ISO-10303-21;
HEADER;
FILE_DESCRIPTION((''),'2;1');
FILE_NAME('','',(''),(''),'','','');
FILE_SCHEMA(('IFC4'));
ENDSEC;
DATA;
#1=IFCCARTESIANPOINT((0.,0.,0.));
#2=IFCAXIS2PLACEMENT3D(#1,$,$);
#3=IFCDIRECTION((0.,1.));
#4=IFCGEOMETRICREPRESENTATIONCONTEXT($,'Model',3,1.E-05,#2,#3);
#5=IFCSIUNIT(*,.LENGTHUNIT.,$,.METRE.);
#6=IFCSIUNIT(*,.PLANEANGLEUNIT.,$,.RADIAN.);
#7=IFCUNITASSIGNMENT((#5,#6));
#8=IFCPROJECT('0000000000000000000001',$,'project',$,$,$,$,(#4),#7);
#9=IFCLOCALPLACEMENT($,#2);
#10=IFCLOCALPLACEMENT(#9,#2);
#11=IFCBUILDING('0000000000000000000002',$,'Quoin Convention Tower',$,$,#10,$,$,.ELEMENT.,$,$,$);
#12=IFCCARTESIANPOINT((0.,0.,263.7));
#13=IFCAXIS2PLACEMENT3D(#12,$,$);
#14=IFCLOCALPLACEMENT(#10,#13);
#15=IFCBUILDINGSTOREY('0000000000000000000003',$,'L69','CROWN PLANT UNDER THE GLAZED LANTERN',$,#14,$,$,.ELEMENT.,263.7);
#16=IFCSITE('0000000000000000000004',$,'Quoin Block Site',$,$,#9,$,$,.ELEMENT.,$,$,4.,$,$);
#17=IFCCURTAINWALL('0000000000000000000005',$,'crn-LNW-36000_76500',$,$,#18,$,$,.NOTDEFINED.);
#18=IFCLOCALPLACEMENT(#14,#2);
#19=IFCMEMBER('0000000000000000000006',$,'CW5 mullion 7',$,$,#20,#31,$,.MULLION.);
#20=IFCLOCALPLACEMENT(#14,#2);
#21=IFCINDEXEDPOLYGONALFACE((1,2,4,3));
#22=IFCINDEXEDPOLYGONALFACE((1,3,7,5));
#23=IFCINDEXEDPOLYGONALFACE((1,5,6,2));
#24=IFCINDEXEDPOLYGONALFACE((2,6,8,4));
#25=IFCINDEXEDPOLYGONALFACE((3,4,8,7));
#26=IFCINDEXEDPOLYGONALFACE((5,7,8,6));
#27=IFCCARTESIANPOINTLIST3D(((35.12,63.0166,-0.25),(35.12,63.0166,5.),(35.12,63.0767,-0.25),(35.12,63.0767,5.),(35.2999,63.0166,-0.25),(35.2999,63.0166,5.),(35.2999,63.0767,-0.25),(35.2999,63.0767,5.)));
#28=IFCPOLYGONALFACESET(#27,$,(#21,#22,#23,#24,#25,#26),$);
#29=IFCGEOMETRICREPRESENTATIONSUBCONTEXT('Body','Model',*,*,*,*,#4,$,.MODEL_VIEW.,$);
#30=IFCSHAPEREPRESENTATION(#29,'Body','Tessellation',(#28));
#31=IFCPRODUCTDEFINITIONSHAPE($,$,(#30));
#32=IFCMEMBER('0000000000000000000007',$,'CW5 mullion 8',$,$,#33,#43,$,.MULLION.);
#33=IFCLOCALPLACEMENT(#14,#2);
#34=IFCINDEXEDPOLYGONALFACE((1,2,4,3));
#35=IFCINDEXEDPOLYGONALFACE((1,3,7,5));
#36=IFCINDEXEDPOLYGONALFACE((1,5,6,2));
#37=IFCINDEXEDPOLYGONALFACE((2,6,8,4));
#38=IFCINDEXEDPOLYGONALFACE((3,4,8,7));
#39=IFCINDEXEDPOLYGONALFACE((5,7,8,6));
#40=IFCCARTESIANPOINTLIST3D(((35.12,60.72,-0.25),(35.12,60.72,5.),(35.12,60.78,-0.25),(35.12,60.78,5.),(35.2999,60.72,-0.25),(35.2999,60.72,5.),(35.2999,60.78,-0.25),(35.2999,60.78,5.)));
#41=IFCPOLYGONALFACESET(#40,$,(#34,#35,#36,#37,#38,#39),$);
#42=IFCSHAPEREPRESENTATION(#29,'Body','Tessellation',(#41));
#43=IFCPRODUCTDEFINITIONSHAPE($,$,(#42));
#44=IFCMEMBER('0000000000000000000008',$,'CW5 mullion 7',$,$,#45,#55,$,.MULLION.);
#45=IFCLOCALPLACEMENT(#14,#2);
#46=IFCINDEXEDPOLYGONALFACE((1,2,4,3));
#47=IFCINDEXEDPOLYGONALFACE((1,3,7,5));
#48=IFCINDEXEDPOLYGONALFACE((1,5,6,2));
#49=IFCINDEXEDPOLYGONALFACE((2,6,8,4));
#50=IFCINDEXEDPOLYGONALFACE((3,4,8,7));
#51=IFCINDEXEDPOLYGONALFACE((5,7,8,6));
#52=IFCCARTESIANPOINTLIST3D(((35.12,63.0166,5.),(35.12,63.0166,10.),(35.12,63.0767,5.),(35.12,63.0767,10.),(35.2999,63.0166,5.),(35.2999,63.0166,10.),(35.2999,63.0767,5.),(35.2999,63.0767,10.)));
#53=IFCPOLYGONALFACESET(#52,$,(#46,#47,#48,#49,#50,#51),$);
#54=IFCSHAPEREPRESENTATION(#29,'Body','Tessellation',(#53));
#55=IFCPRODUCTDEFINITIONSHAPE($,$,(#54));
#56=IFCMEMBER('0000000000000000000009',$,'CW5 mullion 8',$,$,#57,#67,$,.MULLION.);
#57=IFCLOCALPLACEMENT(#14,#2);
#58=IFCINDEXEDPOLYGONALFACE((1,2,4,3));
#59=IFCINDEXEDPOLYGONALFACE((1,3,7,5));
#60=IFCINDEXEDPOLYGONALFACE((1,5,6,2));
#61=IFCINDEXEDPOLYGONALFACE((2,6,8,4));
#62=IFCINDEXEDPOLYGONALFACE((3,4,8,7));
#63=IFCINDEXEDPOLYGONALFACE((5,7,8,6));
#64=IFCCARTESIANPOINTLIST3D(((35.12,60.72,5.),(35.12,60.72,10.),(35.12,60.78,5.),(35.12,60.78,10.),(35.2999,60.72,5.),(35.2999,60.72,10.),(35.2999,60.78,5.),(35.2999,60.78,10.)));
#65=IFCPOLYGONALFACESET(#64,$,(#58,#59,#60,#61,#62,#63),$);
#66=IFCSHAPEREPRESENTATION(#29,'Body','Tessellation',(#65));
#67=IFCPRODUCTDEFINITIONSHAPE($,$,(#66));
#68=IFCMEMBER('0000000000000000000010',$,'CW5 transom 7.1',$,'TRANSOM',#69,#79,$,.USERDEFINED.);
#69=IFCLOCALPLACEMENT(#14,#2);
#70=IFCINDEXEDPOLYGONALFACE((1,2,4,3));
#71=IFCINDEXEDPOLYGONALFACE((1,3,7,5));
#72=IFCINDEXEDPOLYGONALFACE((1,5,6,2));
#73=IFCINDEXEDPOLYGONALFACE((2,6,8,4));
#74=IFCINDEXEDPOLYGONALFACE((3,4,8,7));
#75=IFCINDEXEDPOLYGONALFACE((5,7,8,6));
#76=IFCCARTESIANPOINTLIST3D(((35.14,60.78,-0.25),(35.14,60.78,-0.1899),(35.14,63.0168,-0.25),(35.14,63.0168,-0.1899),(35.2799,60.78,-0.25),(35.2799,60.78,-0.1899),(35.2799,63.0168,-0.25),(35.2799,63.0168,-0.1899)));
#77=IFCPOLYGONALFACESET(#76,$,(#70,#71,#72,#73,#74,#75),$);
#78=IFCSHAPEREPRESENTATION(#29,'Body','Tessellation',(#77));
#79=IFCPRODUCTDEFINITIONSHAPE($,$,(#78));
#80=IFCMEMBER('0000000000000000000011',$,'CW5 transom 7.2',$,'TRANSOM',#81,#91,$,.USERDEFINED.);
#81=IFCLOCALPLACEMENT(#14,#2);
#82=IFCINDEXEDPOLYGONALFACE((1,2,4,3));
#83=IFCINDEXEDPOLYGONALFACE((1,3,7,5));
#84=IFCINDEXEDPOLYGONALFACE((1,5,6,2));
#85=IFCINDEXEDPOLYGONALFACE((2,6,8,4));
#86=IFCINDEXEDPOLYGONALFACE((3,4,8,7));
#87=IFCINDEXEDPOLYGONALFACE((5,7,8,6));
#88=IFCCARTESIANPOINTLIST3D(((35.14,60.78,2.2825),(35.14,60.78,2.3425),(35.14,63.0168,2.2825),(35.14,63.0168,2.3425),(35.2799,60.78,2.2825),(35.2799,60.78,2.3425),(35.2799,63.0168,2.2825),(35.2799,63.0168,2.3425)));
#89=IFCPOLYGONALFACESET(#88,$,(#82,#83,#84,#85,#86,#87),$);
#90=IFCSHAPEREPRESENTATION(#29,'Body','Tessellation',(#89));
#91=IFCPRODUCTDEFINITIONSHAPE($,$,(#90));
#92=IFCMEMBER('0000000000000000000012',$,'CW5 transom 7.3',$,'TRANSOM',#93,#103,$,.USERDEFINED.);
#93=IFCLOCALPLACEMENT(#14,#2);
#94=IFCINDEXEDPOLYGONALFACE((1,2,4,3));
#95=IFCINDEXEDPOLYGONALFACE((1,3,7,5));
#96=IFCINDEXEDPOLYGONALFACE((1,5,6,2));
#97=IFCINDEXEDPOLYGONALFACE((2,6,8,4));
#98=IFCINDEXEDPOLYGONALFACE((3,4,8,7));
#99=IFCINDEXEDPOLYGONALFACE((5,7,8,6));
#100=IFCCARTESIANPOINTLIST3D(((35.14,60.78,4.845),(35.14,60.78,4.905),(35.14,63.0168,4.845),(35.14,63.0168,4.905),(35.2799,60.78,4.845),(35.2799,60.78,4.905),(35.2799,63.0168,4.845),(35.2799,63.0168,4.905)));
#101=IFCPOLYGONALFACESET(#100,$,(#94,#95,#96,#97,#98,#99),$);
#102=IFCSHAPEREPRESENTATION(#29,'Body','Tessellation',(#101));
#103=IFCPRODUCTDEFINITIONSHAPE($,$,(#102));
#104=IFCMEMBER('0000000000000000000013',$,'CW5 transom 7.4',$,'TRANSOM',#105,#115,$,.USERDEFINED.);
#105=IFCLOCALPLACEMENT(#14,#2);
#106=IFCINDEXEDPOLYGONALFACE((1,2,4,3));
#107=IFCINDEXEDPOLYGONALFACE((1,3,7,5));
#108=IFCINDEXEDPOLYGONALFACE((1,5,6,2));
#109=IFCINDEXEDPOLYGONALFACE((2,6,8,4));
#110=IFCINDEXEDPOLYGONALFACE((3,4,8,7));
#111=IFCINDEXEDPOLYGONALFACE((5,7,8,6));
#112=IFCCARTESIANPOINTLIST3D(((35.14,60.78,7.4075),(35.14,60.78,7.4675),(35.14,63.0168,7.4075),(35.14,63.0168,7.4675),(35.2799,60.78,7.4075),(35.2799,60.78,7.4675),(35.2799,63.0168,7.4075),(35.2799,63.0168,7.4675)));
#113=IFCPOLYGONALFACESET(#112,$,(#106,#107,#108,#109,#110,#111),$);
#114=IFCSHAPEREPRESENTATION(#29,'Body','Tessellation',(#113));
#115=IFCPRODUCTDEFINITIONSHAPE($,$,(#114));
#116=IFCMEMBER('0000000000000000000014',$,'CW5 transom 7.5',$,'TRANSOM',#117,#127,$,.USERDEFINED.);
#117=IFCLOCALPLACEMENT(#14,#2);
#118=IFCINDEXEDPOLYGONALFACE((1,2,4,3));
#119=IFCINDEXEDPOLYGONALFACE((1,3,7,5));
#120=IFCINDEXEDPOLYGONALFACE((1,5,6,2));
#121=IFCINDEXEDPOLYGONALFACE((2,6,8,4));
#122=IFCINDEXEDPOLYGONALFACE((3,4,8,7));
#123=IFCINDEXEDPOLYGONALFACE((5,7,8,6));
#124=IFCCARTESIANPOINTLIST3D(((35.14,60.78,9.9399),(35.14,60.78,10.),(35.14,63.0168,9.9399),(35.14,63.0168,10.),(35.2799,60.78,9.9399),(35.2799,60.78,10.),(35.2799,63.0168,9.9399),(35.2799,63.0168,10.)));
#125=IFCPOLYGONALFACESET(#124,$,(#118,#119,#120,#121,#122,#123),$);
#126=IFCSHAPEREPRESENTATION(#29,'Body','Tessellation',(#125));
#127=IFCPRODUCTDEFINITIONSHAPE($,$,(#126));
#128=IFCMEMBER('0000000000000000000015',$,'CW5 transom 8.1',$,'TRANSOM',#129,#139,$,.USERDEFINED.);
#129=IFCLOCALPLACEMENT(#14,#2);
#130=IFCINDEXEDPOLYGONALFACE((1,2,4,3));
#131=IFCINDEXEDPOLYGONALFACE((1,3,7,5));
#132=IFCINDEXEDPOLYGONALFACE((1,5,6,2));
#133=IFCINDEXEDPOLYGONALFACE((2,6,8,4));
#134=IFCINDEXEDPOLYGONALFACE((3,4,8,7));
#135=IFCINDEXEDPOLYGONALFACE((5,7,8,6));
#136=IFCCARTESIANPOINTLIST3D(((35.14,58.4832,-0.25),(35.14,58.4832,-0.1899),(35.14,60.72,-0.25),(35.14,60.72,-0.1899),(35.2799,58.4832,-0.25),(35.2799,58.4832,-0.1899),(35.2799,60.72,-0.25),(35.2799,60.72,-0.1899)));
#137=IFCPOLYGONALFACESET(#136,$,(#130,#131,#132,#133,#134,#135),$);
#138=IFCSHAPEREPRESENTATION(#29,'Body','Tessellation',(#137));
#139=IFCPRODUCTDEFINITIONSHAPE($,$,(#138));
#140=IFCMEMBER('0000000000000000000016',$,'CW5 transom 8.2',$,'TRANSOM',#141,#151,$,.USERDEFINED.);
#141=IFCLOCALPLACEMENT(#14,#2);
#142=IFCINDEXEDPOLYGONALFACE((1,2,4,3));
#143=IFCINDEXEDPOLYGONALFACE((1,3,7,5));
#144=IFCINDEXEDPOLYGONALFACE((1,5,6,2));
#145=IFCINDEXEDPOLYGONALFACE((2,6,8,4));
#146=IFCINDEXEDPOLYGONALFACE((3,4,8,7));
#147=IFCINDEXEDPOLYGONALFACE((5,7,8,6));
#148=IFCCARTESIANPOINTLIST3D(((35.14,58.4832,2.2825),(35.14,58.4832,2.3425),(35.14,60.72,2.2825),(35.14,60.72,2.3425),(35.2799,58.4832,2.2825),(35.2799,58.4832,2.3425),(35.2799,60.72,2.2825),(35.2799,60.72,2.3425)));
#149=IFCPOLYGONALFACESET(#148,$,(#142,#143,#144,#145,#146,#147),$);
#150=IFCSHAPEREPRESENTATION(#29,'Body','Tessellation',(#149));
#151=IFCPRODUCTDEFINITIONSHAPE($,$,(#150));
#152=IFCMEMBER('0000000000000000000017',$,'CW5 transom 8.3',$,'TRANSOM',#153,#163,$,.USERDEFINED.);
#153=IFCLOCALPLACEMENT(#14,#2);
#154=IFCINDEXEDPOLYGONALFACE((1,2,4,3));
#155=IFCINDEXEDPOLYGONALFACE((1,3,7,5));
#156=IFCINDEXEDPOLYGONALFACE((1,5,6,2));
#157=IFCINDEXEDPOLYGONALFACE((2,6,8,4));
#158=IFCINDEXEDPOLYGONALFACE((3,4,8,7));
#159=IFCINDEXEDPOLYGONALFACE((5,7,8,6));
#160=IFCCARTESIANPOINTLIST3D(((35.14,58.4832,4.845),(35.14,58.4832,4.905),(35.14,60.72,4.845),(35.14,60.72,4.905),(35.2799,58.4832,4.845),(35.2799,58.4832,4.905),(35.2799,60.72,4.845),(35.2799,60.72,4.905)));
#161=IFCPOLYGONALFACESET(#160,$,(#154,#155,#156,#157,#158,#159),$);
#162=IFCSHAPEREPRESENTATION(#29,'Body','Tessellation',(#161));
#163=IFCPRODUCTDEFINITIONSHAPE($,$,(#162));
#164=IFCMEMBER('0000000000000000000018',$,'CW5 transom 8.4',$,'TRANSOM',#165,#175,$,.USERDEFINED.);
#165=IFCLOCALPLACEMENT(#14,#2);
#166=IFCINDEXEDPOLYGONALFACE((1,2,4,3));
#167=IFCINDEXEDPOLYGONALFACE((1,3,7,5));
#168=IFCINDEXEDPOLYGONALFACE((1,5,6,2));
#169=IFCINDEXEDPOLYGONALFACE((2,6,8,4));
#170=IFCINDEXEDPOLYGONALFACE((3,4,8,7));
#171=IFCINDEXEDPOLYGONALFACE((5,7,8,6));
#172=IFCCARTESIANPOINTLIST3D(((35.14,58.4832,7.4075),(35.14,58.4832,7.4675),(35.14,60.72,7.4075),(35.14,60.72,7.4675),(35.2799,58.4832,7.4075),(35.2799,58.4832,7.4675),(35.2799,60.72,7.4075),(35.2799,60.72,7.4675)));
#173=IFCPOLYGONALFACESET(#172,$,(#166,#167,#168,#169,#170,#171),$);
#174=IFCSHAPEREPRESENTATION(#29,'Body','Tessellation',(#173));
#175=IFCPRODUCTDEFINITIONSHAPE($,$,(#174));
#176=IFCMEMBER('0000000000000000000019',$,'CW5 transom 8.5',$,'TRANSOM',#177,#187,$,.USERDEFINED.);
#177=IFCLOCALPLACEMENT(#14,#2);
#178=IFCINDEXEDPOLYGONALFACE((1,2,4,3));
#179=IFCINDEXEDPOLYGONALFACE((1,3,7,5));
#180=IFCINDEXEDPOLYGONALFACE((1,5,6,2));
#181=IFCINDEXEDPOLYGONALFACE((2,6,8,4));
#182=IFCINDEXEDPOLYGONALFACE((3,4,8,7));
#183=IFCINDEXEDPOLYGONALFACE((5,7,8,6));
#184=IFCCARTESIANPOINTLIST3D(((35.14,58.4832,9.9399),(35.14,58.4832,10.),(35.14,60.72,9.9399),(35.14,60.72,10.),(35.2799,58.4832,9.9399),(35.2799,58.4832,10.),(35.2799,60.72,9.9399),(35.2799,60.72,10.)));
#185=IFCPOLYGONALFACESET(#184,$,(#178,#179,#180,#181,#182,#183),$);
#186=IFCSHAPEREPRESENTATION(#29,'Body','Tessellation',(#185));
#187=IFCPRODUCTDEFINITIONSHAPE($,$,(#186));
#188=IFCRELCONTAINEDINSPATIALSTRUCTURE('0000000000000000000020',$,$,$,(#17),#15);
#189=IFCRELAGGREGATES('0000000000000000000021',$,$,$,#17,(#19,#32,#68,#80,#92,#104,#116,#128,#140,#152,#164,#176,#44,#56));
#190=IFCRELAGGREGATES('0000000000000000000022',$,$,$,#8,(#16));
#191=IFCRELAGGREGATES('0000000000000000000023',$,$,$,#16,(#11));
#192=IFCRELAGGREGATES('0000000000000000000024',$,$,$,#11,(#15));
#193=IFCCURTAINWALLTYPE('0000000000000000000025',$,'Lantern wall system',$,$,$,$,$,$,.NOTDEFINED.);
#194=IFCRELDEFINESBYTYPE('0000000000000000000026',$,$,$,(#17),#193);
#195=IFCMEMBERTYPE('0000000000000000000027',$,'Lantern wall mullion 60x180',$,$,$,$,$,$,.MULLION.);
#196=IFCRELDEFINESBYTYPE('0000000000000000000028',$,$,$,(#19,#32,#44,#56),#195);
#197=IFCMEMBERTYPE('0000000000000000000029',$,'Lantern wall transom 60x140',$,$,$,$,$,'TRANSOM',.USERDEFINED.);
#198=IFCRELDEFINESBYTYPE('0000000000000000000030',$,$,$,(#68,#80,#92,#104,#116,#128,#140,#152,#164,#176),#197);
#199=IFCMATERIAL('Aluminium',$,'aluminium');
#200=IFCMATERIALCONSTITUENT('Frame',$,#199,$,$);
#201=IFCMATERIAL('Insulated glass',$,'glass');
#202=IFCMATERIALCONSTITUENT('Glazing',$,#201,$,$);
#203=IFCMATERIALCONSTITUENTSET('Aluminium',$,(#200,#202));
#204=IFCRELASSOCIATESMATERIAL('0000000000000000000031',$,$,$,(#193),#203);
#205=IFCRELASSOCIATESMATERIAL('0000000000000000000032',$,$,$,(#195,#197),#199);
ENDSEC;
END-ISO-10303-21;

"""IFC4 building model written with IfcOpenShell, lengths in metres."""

from ifc_helpers import new_model, si_unit, direction, frame, origin, origin_2d, place, context, subcontext, project, spatial, rectangle, extrude, material, constituent, constituent_set, material_profile, profile_set, type_object, element, aggregate, save


model = new_model("IFC4")

# Units and contexts
model_context = context("Model", 3, precision=1e-05, world=origin(), true_north=direction((0.0, 1.0)))
body_context = subcontext(model_context, "Body", "Model", "MODEL_VIEW")
ifc_project = project(units=[si_unit("LENGTHUNIT", "METRE"), si_unit("PLANEANGLEUNIT", "RADIAN")], contexts=[model_context])

# Site, building, storey
site_placement = place(None, origin())
site = spatial("IfcSite", under=ifc_project, at=site_placement, Name="Quoin Block Site", CompositionType="ELEMENT", RefElevation=4.0)
building_placement = place(site_placement, origin())
building = spatial("IfcBuilding", under=site, at=building_placement, Name="Quoin Convention Tower", CompositionType="ELEMENT")
storey_placement = place(building_placement, frame((0.0, 0.0, 263.7)))
storey = spatial("IfcBuildingStorey", under=building, at=storey_placement, Name="L69", Description="CROWN PLANT UNDER THE GLAZED LANTERN", CompositionType="ELEMENT", Elevation=263.7)

# Curtain wall, members
ifc_material_1 = material(Name="Aluminium", Category="aluminium")
ifc_constituent_1 = constituent(ifc_material_1, Name="Frame")
ifc_material_2 = material(Name="Insulated glass", Category="glass")
ifc_constituent_2 = constituent(ifc_material_2, Name="Glazing")
ifc_constituent_set = constituent_set(constituents=[ifc_constituent_1, ifc_constituent_2], Name="Aluminium")
curtain_wall_type = type_object("IfcCurtainWallType", Name="Lantern wall system", PredefinedType="NOTDEFINED", material=ifc_constituent_set)
curtain_wall_placement = place(storey_placement, origin())
curtain_wall = element("IfcCurtainWall", 1, at=curtain_wall_placement, inside=storey, type_object=curtain_wall_type, Name="crn-LNW-36000_76500", PredefinedType="NOTDEFINED")
ifc_material_profile_1 = material_profile(ifc_material_1, rectangle(XDim=0.1799, YDim=0.0601, at=origin_2d()), Name="Lantern wall mullion 60x180")
ifc_profile_set_1 = profile_set([ifc_material_profile_1], Name="Aluminium")
member_type_1 = type_object("IfcMemberType", Name="Lantern wall mullion 60x180", PredefinedType="MULLION", material=ifc_profile_set_1)
member_1_placement = place(storey_placement, frame((35.21, 63.0466, -0.25), z_axis=(0.0, 0.0, 1.0), x_axis=(1.0, 0.0, 0.0)))
member_1 = element("IfcMember", 2, at=member_1_placement, type_object=member_type_1, Name="CW5 mullion 7", PredefinedType="MULLION", context=body_context, shape_type="SweptSolid", body=[
    extrude(rectangle(XDim=0.1799, YDim=0.0601, at=origin_2d()), origin(), (0.0, 0.0, 1.0), 5.25),
])
member_2_placement = place(storey_placement, frame((35.21, 60.75, -0.25), z_axis=(0.0, 0.0, 1.0), x_axis=(1.0, 0.0, 0.0)))
member_2 = element("IfcMember", 3, at=member_2_placement, type_object=member_type_1, Name="CW5 mullion 8", PredefinedType="MULLION", context=body_context, shape_type="SweptSolid", body=[
    extrude(rectangle(XDim=0.1799, YDim=0.0601, at=origin_2d()), origin(), (0.0, 0.0, 1.0), 5.25),
])
member_3_placement = place(storey_placement, frame((35.21, 63.0466, 5.0), z_axis=(0.0, 0.0, 1.0), x_axis=(1.0, 0.0, 0.0)))
member_3 = element("IfcMember", 4, at=member_3_placement, type_object=member_type_1, Name="CW5 mullion 7", PredefinedType="MULLION", context=body_context, shape_type="SweptSolid", body=[
    extrude(rectangle(XDim=0.1799, YDim=0.0601, at=origin_2d()), origin(), (0.0, 0.0, 1.0), 5.0),
])
member_4_placement = place(storey_placement, frame((35.21, 60.75, 5.0), z_axis=(0.0, 0.0, 1.0), x_axis=(1.0, 0.0, 0.0)))
member_4 = element("IfcMember", 5, at=member_4_placement, type_object=member_type_1, Name="CW5 mullion 8", PredefinedType="MULLION", context=body_context, shape_type="SweptSolid", body=[
    extrude(rectangle(XDim=0.1799, YDim=0.0601, at=origin_2d()), origin(), (0.0, 0.0, 1.0), 5.0),
])
ifc_material_profile_2 = material_profile(ifc_material_1, rectangle(XDim=0.1399, YDim=0.0601, at=origin_2d()), Name="Lantern wall transom 60x140")
ifc_profile_set_2 = profile_set([ifc_material_profile_2], Name="Aluminium")
member_type_2 = type_object("IfcMemberType", Name="Lantern wall transom 60x140", ElementType="TRANSOM", PredefinedType="USERDEFINED", material=ifc_profile_set_2)
member_5_placement = place(storey_placement, frame((35.21, 63.0168, -0.22), z_axis=(0.0, -1.0, 0.0), x_axis=(1.0, 0.0, 0.0)))
member_5 = element("IfcMember", 6, at=member_5_placement, type_object=member_type_2, Name="CW5 transom 7.1", ObjectType="TRANSOM", PredefinedType="USERDEFINED", context=body_context, shape_type="SweptSolid", body=[
    extrude(rectangle(XDim=0.1399, YDim=0.0601, at=origin_2d()), origin(), (0.0, 0.0, 1.0), 2.2368),
])
member_6_placement = place(storey_placement, frame((35.21, 63.0168, 2.3125), z_axis=(0.0, -1.0, 0.0), x_axis=(1.0, 0.0, 0.0)))
member_6 = element("IfcMember", 7, at=member_6_placement, type_object=member_type_2, Name="CW5 transom 7.2", ObjectType="TRANSOM", PredefinedType="USERDEFINED", context=body_context, shape_type="SweptSolid", body=[
    extrude(rectangle(XDim=0.1399, YDim=0.0601, at=origin_2d()), origin(), (0.0, 0.0, 1.0), 2.2368),
])
member_7_placement = place(storey_placement, frame((35.21, 63.0168, 4.875), z_axis=(0.0, -1.0, 0.0), x_axis=(1.0, 0.0, 0.0)))
member_7 = element("IfcMember", 8, at=member_7_placement, type_object=member_type_2, Name="CW5 transom 7.3", ObjectType="TRANSOM", PredefinedType="USERDEFINED", context=body_context, shape_type="SweptSolid", body=[
    extrude(rectangle(XDim=0.1399, YDim=0.0601, at=origin_2d()), origin(), (0.0, 0.0, 1.0), 2.2368),
])
member_8_placement = place(storey_placement, frame((35.21, 63.0168, 7.4375), z_axis=(0.0, -1.0, 0.0), x_axis=(1.0, 0.0, 0.0)))
member_8 = element("IfcMember", 9, at=member_8_placement, type_object=member_type_2, Name="CW5 transom 7.4", ObjectType="TRANSOM", PredefinedType="USERDEFINED", context=body_context, shape_type="SweptSolid", body=[
    extrude(rectangle(XDim=0.1399, YDim=0.0601, at=origin_2d()), origin(), (0.0, 0.0, 1.0), 2.2368),
])
member_9_placement = place(storey_placement, frame((35.21, 63.0168, 9.97), z_axis=(0.0, -1.0, 0.0), x_axis=(1.0, 0.0, 0.0)))
member_9 = element("IfcMember", 10, at=member_9_placement, type_object=member_type_2, Name="CW5 transom 7.5", ObjectType="TRANSOM", PredefinedType="USERDEFINED", context=body_context, shape_type="SweptSolid", body=[
    extrude(rectangle(XDim=0.1399, YDim=0.0601, at=origin_2d()), origin(), (0.0, 0.0, 1.0), 2.2368),
])
member_10_placement = place(storey_placement, frame((35.21, 60.72, -0.22), z_axis=(0.0, -1.0, 0.0), x_axis=(1.0, 0.0, 0.0)))
member_10 = element("IfcMember", 11, at=member_10_placement, type_object=member_type_2, Name="CW5 transom 8.1", ObjectType="TRANSOM", PredefinedType="USERDEFINED", context=body_context, shape_type="SweptSolid", body=[
    extrude(rectangle(XDim=0.1399, YDim=0.0601, at=origin_2d()), origin(), (0.0, 0.0, 1.0), 2.2368),
])
member_11_placement = place(storey_placement, frame((35.21, 60.72, 2.3125), z_axis=(0.0, -1.0, 0.0), x_axis=(1.0, 0.0, 0.0)))
member_11 = element("IfcMember", 12, at=member_11_placement, type_object=member_type_2, Name="CW5 transom 8.2", ObjectType="TRANSOM", PredefinedType="USERDEFINED", context=body_context, shape_type="SweptSolid", body=[
    extrude(rectangle(XDim=0.1399, YDim=0.0601, at=origin_2d()), origin(), (0.0, 0.0, 1.0), 2.2368),
])
member_12_placement = place(storey_placement, frame((35.21, 60.72, 4.875), z_axis=(0.0, -1.0, 0.0), x_axis=(1.0, 0.0, 0.0)))
member_12 = element("IfcMember", 13, at=member_12_placement, type_object=member_type_2, Name="CW5 transom 8.3", ObjectType="TRANSOM", PredefinedType="USERDEFINED", context=body_context, shape_type="SweptSolid", body=[
    extrude(rectangle(XDim=0.1399, YDim=0.0601, at=origin_2d()), origin(), (0.0, 0.0, 1.0), 2.2368),
])
member_13_placement = place(storey_placement, frame((35.21, 60.72, 7.4375), z_axis=(0.0, -1.0, 0.0), x_axis=(1.0, 0.0, 0.0)))
member_13 = element("IfcMember", 14, at=member_13_placement, type_object=member_type_2, Name="CW5 transom 8.4", ObjectType="TRANSOM", PredefinedType="USERDEFINED", context=body_context, shape_type="SweptSolid", body=[
    extrude(rectangle(XDim=0.1399, YDim=0.0601, at=origin_2d()), origin(), (0.0, 0.0, 1.0), 2.2368),
])
member_14_placement = place(storey_placement, frame((35.21, 60.72, 9.97), z_axis=(0.0, -1.0, 0.0), x_axis=(1.0, 0.0, 0.0)))
member_14 = element("IfcMember", 15, at=member_14_placement, type_object=member_type_2, Name="CW5 transom 8.5", ObjectType="TRANSOM", PredefinedType="USERDEFINED", context=body_context, shape_type="SweptSolid", body=[
    extrude(rectangle(XDim=0.1399, YDim=0.0601, at=origin_2d()), origin(), (0.0, 0.0, 1.0), 2.2368),
])

aggregate(curtain_wall, [member_1, member_2, member_5, member_6, member_7, member_8, member_9, member_10, member_11, member_12, member_13, member_14, member_3, member_4])

save(model, "model.ifc")
